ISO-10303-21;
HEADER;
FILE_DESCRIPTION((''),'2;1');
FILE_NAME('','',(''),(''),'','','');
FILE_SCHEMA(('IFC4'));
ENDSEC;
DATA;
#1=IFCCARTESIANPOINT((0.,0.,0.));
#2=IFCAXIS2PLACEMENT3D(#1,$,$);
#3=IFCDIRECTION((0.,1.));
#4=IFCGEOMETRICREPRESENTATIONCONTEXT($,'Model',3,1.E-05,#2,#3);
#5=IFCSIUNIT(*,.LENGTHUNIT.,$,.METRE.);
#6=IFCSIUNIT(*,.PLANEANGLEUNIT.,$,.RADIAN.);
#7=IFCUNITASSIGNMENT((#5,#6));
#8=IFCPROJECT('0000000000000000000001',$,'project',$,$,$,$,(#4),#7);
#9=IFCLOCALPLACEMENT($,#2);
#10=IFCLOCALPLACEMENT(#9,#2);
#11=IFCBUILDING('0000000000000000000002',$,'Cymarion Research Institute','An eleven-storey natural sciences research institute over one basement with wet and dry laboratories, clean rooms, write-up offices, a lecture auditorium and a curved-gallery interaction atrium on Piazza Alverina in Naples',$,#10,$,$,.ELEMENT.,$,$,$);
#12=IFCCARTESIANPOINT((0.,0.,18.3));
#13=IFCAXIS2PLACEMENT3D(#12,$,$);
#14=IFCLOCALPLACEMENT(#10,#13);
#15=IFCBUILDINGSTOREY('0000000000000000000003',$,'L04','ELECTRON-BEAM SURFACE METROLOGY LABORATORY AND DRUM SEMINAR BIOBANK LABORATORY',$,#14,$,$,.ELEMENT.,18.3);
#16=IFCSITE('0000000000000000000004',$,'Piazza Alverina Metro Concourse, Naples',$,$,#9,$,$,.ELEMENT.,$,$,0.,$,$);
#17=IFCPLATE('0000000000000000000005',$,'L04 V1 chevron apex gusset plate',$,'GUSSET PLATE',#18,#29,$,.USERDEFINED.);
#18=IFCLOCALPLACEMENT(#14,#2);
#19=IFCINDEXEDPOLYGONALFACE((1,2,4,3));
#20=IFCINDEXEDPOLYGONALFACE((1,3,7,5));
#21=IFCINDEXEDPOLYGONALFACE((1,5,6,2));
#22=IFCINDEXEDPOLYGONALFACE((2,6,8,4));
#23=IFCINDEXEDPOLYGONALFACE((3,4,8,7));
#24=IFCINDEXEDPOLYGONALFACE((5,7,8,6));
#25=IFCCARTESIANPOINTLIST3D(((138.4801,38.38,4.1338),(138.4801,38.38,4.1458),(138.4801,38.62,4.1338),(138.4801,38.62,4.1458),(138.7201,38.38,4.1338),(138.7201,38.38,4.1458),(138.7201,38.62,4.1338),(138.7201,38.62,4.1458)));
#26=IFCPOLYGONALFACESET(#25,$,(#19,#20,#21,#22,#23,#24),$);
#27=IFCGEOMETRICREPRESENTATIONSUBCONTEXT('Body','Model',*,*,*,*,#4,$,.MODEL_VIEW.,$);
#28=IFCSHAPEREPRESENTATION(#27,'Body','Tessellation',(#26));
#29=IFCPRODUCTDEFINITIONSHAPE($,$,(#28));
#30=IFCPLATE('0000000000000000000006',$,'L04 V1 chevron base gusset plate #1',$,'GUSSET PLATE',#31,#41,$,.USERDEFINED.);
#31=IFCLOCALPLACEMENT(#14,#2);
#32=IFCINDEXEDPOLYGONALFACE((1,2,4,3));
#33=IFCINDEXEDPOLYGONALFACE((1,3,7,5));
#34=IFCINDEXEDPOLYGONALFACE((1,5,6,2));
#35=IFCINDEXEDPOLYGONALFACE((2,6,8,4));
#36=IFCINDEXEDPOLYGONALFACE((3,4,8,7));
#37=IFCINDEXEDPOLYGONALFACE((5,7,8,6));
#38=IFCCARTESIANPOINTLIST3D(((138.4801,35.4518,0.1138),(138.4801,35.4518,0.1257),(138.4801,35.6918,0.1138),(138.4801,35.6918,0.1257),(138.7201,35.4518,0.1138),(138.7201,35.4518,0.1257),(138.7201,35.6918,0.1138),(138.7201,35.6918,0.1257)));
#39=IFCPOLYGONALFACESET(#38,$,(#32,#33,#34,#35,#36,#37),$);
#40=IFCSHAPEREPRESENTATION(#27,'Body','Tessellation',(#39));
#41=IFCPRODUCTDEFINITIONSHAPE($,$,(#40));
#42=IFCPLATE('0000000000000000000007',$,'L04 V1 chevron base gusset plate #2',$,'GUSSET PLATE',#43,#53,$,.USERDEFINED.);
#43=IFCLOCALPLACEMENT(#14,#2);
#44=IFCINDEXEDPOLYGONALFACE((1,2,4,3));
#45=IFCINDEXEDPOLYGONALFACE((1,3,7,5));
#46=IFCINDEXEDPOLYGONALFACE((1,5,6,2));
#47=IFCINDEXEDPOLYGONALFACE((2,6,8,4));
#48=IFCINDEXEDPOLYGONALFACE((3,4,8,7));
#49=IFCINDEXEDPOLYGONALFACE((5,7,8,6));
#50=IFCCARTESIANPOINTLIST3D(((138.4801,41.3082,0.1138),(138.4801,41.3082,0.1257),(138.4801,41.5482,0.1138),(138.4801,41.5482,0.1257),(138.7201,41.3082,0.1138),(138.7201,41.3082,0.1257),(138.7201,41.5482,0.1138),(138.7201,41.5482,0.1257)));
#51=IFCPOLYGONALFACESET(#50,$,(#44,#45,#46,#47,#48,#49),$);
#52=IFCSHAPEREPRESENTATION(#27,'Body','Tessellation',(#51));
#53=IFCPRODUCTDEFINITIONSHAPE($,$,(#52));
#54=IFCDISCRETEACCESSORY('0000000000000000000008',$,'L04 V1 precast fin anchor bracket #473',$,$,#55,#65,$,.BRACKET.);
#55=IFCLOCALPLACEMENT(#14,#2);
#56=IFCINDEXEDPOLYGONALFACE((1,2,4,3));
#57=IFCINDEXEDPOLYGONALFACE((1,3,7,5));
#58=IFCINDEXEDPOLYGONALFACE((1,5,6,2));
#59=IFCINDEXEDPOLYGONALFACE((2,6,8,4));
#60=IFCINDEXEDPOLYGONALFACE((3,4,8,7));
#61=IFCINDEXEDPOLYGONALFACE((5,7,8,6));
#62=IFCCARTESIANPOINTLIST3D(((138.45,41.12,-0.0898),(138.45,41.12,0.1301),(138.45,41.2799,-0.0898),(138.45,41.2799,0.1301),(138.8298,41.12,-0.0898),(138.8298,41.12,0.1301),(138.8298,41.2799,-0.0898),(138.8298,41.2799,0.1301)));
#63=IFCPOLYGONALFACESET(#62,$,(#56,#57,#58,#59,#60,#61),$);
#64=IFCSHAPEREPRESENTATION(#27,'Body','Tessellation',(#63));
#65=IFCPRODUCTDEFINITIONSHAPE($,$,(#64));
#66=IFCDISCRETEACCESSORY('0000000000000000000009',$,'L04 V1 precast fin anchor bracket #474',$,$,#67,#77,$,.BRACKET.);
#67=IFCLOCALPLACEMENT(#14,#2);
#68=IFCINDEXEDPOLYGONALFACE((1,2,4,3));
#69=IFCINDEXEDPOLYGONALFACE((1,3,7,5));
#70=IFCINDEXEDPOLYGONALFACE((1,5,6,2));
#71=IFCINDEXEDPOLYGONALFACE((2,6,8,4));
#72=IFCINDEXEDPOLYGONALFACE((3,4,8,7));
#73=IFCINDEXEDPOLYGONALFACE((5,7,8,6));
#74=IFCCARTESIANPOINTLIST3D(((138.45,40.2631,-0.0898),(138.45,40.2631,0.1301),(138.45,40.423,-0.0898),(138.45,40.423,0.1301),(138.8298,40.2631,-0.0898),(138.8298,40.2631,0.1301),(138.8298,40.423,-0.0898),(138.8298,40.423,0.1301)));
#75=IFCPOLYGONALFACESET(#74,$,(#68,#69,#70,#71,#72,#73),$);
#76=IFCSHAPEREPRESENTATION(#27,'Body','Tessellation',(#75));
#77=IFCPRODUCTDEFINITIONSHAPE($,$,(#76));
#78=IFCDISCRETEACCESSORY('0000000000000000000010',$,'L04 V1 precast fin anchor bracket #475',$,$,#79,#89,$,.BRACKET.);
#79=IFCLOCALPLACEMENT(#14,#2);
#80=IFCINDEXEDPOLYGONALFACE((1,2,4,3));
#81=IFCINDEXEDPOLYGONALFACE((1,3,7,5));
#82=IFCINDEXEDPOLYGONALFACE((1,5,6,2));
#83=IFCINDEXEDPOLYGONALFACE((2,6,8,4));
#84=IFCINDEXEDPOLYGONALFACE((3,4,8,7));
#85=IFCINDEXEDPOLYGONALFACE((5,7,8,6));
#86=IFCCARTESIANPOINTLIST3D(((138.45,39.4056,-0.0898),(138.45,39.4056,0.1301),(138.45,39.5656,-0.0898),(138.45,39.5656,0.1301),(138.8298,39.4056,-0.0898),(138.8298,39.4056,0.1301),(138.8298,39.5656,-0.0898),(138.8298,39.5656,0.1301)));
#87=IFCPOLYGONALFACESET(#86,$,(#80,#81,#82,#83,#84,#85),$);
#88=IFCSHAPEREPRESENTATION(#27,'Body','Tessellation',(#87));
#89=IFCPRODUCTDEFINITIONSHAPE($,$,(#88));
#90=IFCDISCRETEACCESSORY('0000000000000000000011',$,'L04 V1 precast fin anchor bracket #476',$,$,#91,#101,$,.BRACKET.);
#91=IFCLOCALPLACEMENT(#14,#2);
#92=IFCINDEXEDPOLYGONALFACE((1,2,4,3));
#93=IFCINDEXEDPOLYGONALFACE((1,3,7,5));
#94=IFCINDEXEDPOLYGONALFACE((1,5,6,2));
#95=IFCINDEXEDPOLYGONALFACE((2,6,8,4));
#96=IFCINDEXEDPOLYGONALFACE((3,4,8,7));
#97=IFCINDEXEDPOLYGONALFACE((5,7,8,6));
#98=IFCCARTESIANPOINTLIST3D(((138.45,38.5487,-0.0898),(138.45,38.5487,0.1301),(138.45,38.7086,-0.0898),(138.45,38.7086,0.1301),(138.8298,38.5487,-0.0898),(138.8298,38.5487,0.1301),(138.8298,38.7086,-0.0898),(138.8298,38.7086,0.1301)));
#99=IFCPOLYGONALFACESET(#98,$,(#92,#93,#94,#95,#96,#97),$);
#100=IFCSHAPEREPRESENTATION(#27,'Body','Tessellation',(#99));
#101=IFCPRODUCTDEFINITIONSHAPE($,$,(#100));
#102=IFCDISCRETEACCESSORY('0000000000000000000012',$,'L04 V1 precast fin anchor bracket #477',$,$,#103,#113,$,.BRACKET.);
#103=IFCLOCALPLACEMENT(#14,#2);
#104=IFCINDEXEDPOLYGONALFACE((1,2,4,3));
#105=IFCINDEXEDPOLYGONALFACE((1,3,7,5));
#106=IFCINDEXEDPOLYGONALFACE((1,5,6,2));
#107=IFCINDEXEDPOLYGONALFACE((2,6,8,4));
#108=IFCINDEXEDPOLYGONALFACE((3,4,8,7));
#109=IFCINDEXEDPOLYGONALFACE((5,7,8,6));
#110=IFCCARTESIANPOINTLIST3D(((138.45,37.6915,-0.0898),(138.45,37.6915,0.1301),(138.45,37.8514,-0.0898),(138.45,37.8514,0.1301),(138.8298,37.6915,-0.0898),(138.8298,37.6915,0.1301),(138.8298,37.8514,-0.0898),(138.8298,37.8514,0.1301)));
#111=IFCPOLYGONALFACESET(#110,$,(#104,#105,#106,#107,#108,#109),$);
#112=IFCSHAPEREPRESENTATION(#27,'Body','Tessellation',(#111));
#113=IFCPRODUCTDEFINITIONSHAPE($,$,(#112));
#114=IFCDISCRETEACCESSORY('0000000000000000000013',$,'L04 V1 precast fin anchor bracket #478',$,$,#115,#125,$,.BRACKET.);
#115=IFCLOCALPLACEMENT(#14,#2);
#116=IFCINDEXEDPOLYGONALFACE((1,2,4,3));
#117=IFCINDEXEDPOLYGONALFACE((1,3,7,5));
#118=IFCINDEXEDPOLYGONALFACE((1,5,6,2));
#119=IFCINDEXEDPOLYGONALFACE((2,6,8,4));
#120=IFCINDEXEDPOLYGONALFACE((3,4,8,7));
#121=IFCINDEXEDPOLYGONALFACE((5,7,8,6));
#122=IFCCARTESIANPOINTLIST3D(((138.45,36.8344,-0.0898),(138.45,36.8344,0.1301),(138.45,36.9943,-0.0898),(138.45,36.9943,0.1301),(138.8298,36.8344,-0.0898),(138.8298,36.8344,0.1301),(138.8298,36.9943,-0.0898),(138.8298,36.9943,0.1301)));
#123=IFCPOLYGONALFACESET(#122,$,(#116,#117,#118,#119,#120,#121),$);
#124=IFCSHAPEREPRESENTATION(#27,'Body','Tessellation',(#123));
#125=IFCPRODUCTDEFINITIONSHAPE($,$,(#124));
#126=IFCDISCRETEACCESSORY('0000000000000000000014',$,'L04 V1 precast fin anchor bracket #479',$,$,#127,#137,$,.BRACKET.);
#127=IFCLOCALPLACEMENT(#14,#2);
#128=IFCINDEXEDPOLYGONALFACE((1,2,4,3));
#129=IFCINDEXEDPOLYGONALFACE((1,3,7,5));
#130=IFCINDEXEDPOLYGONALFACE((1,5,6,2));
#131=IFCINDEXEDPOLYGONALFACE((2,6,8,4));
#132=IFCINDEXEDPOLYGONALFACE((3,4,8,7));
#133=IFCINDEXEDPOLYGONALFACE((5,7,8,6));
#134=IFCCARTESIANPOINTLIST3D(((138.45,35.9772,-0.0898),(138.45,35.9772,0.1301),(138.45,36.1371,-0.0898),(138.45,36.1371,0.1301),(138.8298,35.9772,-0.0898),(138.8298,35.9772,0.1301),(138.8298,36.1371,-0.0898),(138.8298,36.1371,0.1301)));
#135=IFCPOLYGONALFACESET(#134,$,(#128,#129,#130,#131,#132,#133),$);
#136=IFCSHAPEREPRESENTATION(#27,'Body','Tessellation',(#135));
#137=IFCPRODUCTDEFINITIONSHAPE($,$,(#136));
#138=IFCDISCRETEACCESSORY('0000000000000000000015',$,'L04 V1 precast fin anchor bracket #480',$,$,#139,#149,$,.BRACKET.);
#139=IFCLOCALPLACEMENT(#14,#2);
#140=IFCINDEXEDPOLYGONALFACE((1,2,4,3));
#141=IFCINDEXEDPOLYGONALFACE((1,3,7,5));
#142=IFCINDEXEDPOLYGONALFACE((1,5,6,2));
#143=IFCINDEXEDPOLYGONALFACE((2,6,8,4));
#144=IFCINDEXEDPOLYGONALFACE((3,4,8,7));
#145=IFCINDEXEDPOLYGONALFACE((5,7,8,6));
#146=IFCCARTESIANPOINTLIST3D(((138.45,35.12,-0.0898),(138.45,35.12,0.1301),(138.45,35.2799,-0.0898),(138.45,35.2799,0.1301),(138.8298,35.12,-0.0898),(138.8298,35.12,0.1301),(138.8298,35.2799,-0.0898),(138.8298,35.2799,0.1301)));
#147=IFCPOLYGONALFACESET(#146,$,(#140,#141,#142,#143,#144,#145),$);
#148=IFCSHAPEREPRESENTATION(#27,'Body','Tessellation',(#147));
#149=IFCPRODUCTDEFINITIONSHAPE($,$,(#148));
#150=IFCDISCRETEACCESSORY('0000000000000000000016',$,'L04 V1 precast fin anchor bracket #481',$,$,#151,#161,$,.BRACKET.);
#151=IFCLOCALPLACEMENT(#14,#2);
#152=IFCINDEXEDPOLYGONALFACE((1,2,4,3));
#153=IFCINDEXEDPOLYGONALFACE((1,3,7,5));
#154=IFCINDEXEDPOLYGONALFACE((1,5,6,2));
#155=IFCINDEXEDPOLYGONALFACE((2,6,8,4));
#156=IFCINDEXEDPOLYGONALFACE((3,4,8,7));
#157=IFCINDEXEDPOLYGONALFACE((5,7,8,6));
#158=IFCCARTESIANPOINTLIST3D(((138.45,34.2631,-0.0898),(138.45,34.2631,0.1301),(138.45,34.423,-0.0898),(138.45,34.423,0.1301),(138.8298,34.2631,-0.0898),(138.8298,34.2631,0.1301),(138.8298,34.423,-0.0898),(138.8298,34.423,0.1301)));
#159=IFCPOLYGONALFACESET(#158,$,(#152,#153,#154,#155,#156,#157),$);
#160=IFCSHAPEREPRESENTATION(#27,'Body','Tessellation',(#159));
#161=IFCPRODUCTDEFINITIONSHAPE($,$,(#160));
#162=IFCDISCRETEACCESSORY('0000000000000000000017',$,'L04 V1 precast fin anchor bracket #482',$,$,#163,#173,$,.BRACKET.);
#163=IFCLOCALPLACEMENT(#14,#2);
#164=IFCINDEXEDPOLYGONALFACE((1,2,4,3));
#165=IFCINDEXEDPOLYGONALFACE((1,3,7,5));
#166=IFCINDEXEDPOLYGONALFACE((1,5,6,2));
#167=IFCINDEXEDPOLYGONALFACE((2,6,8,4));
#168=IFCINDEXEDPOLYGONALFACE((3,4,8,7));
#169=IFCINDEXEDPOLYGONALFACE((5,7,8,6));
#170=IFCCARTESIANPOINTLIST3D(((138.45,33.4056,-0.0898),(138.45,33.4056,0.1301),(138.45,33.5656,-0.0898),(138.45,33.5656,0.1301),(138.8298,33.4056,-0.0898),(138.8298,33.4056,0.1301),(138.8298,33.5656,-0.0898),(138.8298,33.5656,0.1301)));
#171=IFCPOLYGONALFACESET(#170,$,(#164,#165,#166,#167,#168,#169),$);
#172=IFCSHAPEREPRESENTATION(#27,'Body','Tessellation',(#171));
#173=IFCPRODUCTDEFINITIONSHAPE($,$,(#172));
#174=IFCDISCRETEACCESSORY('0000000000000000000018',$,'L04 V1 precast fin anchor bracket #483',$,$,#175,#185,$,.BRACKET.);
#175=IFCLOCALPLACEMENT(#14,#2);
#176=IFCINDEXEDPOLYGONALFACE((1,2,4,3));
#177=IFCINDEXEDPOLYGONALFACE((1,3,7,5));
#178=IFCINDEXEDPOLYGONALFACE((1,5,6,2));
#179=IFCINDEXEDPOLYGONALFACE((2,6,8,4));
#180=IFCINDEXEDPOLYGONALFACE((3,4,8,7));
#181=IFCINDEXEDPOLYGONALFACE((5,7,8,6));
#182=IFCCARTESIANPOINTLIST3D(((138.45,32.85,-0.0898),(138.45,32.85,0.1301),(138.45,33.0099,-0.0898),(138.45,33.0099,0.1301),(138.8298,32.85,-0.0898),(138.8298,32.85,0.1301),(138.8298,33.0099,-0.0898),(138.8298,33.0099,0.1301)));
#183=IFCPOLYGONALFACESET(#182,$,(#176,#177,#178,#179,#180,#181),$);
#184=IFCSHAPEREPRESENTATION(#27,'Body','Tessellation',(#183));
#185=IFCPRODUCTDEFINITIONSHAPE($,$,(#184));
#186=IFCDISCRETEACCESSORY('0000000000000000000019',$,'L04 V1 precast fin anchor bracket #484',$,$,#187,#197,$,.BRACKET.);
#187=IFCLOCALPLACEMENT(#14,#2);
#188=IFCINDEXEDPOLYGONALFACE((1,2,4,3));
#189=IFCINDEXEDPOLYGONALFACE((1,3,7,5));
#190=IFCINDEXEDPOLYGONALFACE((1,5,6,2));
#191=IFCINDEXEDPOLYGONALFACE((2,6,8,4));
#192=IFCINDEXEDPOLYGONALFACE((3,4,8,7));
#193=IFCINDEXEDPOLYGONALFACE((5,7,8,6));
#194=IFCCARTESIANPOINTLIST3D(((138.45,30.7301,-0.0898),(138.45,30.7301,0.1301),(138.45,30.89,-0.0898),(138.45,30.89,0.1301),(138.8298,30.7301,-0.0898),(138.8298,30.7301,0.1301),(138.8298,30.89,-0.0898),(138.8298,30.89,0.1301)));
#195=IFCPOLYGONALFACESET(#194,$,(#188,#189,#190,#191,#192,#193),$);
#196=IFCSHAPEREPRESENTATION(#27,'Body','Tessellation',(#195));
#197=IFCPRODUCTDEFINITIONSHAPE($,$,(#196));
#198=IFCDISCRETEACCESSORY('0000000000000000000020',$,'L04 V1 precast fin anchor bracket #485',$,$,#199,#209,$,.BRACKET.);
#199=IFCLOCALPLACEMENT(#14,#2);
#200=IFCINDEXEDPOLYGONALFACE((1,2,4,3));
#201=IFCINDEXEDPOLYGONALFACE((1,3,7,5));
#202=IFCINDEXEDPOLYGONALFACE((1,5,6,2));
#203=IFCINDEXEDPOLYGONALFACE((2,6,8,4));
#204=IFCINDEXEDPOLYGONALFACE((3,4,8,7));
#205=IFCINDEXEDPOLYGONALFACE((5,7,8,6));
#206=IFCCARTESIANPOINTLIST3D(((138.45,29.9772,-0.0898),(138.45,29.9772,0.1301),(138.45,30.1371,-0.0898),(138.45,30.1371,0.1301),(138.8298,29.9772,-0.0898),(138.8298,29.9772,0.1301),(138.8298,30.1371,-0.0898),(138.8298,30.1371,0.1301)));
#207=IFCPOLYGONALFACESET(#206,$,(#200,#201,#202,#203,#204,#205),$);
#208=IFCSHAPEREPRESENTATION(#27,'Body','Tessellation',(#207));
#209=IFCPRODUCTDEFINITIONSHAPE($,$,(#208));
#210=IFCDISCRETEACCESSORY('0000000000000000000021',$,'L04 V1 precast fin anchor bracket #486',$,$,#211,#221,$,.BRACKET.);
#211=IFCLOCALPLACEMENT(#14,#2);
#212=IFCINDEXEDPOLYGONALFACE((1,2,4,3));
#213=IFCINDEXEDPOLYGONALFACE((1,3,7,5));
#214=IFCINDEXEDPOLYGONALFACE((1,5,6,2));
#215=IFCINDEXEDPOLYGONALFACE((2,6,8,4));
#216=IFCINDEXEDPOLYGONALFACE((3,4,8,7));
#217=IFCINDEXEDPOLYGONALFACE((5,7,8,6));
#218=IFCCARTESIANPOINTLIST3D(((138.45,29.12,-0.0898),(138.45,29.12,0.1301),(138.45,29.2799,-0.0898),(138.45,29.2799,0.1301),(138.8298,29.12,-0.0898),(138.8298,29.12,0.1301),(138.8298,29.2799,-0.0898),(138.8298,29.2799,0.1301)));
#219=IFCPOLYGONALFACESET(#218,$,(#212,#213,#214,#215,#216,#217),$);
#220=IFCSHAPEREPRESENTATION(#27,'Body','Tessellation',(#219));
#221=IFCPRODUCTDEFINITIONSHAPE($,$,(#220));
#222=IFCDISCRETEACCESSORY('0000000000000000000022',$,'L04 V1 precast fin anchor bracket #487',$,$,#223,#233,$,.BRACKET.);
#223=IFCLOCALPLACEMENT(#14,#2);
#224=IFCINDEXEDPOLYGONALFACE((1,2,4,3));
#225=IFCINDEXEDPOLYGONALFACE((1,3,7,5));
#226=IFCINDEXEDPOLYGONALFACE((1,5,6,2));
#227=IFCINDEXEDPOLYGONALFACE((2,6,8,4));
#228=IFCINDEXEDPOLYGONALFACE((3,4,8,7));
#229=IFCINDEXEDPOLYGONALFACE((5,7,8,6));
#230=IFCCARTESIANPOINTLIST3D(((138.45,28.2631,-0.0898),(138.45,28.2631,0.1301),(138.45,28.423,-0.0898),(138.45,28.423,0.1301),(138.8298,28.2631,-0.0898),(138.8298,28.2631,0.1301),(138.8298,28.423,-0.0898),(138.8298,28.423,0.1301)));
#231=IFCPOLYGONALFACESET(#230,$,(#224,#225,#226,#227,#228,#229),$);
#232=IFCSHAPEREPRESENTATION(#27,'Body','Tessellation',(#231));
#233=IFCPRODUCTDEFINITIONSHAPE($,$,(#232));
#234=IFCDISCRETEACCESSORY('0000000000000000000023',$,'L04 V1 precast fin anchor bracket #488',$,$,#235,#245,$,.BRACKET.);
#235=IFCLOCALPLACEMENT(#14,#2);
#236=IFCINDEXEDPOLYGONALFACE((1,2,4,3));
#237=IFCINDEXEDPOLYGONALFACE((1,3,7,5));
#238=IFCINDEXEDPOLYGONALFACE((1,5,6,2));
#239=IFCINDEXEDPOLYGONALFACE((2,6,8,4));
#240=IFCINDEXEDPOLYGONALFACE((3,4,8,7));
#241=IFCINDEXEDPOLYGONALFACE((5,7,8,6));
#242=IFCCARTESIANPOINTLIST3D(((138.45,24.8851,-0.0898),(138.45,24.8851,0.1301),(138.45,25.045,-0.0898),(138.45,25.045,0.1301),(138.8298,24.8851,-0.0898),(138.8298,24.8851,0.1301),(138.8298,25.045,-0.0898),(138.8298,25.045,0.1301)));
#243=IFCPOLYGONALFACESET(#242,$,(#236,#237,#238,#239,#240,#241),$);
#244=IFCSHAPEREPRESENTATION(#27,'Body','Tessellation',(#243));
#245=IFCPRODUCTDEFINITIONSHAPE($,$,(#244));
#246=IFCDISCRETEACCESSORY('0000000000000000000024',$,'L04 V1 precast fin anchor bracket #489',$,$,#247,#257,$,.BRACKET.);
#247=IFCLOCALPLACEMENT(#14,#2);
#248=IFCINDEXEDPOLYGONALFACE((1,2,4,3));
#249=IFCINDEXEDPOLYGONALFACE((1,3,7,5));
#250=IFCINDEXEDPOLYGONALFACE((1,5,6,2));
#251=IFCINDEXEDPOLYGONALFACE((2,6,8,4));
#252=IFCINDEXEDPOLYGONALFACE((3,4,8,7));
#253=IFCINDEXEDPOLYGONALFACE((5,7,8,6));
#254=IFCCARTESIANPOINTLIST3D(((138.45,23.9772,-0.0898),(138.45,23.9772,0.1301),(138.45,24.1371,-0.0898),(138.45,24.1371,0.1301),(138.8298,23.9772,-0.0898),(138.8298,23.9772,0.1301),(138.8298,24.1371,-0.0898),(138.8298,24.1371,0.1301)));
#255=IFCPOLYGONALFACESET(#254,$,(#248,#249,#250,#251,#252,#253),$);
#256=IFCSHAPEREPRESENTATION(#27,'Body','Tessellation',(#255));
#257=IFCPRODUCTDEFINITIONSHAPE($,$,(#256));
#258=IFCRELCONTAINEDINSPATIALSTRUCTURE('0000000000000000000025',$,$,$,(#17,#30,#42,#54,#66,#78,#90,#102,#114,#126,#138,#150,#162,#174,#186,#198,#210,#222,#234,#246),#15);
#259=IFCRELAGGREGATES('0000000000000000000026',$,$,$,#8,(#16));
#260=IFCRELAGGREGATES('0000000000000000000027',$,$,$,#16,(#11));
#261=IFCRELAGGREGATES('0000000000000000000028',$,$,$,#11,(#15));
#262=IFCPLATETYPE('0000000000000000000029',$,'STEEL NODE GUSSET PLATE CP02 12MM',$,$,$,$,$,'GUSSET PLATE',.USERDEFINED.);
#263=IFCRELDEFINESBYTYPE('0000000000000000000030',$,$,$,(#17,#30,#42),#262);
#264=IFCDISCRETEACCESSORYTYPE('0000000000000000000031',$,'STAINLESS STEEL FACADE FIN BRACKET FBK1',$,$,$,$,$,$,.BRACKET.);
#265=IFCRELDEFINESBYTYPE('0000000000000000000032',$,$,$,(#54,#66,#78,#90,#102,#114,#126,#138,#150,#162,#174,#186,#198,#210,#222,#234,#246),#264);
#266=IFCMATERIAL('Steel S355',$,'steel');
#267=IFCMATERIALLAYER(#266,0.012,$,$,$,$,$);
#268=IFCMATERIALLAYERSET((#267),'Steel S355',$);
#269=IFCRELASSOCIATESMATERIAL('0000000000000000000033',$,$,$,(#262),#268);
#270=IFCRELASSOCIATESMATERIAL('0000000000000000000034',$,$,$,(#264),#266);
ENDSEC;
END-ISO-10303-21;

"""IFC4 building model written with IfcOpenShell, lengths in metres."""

from ifc_helpers import new_model, si_unit, direction, frame, origin, origin_2d, place, context, subcontext, project, spatial, rectangle, extrude, material, layer, layer_set, type_object, element, save


model = new_model("IFC4")

# Units and contexts
model_context = context("Model", 3, precision=1e-05, world=origin(), true_north=direction((0.0, 1.0)))
body_context = subcontext(model_context, "Body", "Model", "MODEL_VIEW")
ifc_project = project(units=[si_unit("LENGTHUNIT", "METRE"), si_unit("PLANEANGLEUNIT", "RADIAN")], contexts=[model_context])

# Site, building, storey
site_placement = place(None, origin())
site = spatial("IfcSite", under=ifc_project, at=site_placement, Name="Piazza Alverina Metro Concourse, Naples", CompositionType="ELEMENT", RefElevation=0.0)
building_placement = place(site_placement, origin())
building = spatial("IfcBuilding", under=site, at=building_placement, Name="Cymarion Research Institute", Description="An eleven-storey natural sciences research institute over one basement with wet and dry laboratories, clean rooms, write-up offices, a lecture auditorium and a curved-gallery interaction atrium on Piazza Alverina in Naples", CompositionType="ELEMENT")
storey_placement = place(building_placement, frame((0.0, 0.0, 18.3)))
storey = spatial("IfcBuildingStorey", under=building, at=storey_placement, Name="L04", Description="ELECTRON-BEAM SURFACE METROLOGY LABORATORY AND DRUM SEMINAR BIOBANK LABORATORY", CompositionType="ELEMENT", Elevation=18.3)

# Shared definitions
ifc_material = material(Name="Steel S355", Category="steel")

# Plates
ifc_layer = layer(ifc_material, 0.012)
ifc_layer_set = layer_set([ifc_layer], Name="Steel S355")
plate_type = type_object("IfcPlateType", Name="STEEL NODE GUSSET PLATE CP02 12MM", ElementType="GUSSET PLATE", PredefinedType="USERDEFINED", material=ifc_layer_set)
for number, where, z_axis, x_axis, name in (
    (1, (138.6001, 38.5, 4.1338), (0.0, 0.0, 1.0), (1.0, 0.0, 0.0), "L04 V1 chevron apex gusset plate"),
    (2, (138.6001, 35.5718, 0.1138), (0.0, 0.0, 1.0), (1.0, 0.0, 0.0), "L04 V1 chevron base gusset plate #1"),
    (3, (138.6001, 41.4282, 0.1138), (0.0, 0.0, 1.0), (1.0, 0.0, 0.0), "L04 V1 chevron base gusset plate #2"),
):
    element("IfcPlate", number, at=place(storey_placement, frame(where, z_axis=z_axis, x_axis=x_axis)), inside=storey, type_object=plate_type, Name=name, ObjectType="GUSSET PLATE", PredefinedType="USERDEFINED", context=body_context, shape_type="SweptSolid", body=[
        extrude(rectangle(XDim=0.24, YDim=0.24, at=origin_2d()), origin(), (0.0, 0.0, 1.0), 0.012),
    ])

# Discrete accessories
discrete_accessory_type = type_object("IfcDiscreteAccessoryType", Name="STAINLESS STEEL FACADE FIN BRACKET FBK1", PredefinedType="BRACKET", material=ifc_material)
for number, where, z_axis, x_axis, name in (
    (4, (138.6399, 41.2, -0.0898), (0.0, 0.0, 1.0), (-1.0, 0.0, 0.0), "L04 V1 precast fin anchor bracket #473"),
    (5, (138.6399, 40.343, -0.0898), (0.0, 0.0, 1.0), (-1.0, 0.0, 0.0), "L04 V1 precast fin anchor bracket #474"),
    (6, (138.6399, 39.4856, -0.0898), (0.0, 0.0, 1.0), (-1.0, 0.0, 0.0), "L04 V1 precast fin anchor bracket #475"),
    (7, (138.6399, 38.6287, -0.0898), (0.0, 0.0, 1.0), (-1.0, 0.0, 0.0), "L04 V1 precast fin anchor bracket #476"),
    (8, (138.6399, 37.7715, -0.0898), (0.0, 0.0, 1.0), (-1.0, 0.0, 0.0), "L04 V1 precast fin anchor bracket #477"),
    (9, (138.6399, 36.9143, -0.0898), (0.0, 0.0, 1.0), (-1.0, 0.0, 0.0), "L04 V1 precast fin anchor bracket #478"),
    (10, (138.6399, 36.0571, -0.0898), (0.0, 0.0, 1.0), (-1.0, 0.0, 0.0), "L04 V1 precast fin anchor bracket #479"),
    (11, (138.6399, 35.2, -0.0898), (0.0, 0.0, 1.0), (-1.0, 0.0, 0.0), "L04 V1 precast fin anchor bracket #480"),
    (12, (138.6399, 34.343, -0.0898), (0.0, 0.0, 1.0), (-1.0, 0.0, 0.0), "L04 V1 precast fin anchor bracket #481"),
    (13, (138.6399, 33.4856, -0.0898), (0.0, 0.0, 1.0), (-1.0, 0.0, 0.0), "L04 V1 precast fin anchor bracket #482"),
    (14, (138.6399, 32.9299, -0.0898), (0.0, 0.0, 1.0), (-1.0, 0.0, 0.0), "L04 V1 precast fin anchor bracket #483"),
    (15, (138.6399, 30.8101, -0.0898), (0.0, 0.0, 1.0), (-1.0, 0.0, 0.0), "L04 V1 precast fin anchor bracket #484"),
    (16, (138.6399, 30.0571, -0.0898), (0.0, 0.0, 1.0), (-1.0, 0.0, 0.0), "L04 V1 precast fin anchor bracket #485"),
    (17, (138.6399, 29.2, -0.0898), (0.0, 0.0, 1.0), (-1.0, 0.0, 0.0), "L04 V1 precast fin anchor bracket #486"),
    (18, (138.6399, 28.343, -0.0898), (0.0, 0.0, 1.0), (-1.0, 0.0, 0.0), "L04 V1 precast fin anchor bracket #487"),
    (19, (138.6399, 24.9651, -0.0898), (0.0, 0.0, 1.0), (-1.0, 0.0, 0.0), "L04 V1 precast fin anchor bracket #488"),
    (20, (138.6399, 24.0571, -0.0898), (0.0, 0.0, 1.0), (-1.0, 0.0, 0.0), "L04 V1 precast fin anchor bracket #489"),
):
    element("IfcDiscreteAccessory", number, at=place(storey_placement, frame(where, z_axis=z_axis, x_axis=x_axis)), inside=storey, type_object=discrete_accessory_type, Name=name, PredefinedType="BRACKET", context=body_context, shape_type="SweptSolid", body=[
        extrude(rectangle(XDim=0.3799, YDim=0.1599, at=origin_2d()), origin(), (0.0, 0.0, 1.0), 0.22),
    ])

save(model, "model.ifc")
